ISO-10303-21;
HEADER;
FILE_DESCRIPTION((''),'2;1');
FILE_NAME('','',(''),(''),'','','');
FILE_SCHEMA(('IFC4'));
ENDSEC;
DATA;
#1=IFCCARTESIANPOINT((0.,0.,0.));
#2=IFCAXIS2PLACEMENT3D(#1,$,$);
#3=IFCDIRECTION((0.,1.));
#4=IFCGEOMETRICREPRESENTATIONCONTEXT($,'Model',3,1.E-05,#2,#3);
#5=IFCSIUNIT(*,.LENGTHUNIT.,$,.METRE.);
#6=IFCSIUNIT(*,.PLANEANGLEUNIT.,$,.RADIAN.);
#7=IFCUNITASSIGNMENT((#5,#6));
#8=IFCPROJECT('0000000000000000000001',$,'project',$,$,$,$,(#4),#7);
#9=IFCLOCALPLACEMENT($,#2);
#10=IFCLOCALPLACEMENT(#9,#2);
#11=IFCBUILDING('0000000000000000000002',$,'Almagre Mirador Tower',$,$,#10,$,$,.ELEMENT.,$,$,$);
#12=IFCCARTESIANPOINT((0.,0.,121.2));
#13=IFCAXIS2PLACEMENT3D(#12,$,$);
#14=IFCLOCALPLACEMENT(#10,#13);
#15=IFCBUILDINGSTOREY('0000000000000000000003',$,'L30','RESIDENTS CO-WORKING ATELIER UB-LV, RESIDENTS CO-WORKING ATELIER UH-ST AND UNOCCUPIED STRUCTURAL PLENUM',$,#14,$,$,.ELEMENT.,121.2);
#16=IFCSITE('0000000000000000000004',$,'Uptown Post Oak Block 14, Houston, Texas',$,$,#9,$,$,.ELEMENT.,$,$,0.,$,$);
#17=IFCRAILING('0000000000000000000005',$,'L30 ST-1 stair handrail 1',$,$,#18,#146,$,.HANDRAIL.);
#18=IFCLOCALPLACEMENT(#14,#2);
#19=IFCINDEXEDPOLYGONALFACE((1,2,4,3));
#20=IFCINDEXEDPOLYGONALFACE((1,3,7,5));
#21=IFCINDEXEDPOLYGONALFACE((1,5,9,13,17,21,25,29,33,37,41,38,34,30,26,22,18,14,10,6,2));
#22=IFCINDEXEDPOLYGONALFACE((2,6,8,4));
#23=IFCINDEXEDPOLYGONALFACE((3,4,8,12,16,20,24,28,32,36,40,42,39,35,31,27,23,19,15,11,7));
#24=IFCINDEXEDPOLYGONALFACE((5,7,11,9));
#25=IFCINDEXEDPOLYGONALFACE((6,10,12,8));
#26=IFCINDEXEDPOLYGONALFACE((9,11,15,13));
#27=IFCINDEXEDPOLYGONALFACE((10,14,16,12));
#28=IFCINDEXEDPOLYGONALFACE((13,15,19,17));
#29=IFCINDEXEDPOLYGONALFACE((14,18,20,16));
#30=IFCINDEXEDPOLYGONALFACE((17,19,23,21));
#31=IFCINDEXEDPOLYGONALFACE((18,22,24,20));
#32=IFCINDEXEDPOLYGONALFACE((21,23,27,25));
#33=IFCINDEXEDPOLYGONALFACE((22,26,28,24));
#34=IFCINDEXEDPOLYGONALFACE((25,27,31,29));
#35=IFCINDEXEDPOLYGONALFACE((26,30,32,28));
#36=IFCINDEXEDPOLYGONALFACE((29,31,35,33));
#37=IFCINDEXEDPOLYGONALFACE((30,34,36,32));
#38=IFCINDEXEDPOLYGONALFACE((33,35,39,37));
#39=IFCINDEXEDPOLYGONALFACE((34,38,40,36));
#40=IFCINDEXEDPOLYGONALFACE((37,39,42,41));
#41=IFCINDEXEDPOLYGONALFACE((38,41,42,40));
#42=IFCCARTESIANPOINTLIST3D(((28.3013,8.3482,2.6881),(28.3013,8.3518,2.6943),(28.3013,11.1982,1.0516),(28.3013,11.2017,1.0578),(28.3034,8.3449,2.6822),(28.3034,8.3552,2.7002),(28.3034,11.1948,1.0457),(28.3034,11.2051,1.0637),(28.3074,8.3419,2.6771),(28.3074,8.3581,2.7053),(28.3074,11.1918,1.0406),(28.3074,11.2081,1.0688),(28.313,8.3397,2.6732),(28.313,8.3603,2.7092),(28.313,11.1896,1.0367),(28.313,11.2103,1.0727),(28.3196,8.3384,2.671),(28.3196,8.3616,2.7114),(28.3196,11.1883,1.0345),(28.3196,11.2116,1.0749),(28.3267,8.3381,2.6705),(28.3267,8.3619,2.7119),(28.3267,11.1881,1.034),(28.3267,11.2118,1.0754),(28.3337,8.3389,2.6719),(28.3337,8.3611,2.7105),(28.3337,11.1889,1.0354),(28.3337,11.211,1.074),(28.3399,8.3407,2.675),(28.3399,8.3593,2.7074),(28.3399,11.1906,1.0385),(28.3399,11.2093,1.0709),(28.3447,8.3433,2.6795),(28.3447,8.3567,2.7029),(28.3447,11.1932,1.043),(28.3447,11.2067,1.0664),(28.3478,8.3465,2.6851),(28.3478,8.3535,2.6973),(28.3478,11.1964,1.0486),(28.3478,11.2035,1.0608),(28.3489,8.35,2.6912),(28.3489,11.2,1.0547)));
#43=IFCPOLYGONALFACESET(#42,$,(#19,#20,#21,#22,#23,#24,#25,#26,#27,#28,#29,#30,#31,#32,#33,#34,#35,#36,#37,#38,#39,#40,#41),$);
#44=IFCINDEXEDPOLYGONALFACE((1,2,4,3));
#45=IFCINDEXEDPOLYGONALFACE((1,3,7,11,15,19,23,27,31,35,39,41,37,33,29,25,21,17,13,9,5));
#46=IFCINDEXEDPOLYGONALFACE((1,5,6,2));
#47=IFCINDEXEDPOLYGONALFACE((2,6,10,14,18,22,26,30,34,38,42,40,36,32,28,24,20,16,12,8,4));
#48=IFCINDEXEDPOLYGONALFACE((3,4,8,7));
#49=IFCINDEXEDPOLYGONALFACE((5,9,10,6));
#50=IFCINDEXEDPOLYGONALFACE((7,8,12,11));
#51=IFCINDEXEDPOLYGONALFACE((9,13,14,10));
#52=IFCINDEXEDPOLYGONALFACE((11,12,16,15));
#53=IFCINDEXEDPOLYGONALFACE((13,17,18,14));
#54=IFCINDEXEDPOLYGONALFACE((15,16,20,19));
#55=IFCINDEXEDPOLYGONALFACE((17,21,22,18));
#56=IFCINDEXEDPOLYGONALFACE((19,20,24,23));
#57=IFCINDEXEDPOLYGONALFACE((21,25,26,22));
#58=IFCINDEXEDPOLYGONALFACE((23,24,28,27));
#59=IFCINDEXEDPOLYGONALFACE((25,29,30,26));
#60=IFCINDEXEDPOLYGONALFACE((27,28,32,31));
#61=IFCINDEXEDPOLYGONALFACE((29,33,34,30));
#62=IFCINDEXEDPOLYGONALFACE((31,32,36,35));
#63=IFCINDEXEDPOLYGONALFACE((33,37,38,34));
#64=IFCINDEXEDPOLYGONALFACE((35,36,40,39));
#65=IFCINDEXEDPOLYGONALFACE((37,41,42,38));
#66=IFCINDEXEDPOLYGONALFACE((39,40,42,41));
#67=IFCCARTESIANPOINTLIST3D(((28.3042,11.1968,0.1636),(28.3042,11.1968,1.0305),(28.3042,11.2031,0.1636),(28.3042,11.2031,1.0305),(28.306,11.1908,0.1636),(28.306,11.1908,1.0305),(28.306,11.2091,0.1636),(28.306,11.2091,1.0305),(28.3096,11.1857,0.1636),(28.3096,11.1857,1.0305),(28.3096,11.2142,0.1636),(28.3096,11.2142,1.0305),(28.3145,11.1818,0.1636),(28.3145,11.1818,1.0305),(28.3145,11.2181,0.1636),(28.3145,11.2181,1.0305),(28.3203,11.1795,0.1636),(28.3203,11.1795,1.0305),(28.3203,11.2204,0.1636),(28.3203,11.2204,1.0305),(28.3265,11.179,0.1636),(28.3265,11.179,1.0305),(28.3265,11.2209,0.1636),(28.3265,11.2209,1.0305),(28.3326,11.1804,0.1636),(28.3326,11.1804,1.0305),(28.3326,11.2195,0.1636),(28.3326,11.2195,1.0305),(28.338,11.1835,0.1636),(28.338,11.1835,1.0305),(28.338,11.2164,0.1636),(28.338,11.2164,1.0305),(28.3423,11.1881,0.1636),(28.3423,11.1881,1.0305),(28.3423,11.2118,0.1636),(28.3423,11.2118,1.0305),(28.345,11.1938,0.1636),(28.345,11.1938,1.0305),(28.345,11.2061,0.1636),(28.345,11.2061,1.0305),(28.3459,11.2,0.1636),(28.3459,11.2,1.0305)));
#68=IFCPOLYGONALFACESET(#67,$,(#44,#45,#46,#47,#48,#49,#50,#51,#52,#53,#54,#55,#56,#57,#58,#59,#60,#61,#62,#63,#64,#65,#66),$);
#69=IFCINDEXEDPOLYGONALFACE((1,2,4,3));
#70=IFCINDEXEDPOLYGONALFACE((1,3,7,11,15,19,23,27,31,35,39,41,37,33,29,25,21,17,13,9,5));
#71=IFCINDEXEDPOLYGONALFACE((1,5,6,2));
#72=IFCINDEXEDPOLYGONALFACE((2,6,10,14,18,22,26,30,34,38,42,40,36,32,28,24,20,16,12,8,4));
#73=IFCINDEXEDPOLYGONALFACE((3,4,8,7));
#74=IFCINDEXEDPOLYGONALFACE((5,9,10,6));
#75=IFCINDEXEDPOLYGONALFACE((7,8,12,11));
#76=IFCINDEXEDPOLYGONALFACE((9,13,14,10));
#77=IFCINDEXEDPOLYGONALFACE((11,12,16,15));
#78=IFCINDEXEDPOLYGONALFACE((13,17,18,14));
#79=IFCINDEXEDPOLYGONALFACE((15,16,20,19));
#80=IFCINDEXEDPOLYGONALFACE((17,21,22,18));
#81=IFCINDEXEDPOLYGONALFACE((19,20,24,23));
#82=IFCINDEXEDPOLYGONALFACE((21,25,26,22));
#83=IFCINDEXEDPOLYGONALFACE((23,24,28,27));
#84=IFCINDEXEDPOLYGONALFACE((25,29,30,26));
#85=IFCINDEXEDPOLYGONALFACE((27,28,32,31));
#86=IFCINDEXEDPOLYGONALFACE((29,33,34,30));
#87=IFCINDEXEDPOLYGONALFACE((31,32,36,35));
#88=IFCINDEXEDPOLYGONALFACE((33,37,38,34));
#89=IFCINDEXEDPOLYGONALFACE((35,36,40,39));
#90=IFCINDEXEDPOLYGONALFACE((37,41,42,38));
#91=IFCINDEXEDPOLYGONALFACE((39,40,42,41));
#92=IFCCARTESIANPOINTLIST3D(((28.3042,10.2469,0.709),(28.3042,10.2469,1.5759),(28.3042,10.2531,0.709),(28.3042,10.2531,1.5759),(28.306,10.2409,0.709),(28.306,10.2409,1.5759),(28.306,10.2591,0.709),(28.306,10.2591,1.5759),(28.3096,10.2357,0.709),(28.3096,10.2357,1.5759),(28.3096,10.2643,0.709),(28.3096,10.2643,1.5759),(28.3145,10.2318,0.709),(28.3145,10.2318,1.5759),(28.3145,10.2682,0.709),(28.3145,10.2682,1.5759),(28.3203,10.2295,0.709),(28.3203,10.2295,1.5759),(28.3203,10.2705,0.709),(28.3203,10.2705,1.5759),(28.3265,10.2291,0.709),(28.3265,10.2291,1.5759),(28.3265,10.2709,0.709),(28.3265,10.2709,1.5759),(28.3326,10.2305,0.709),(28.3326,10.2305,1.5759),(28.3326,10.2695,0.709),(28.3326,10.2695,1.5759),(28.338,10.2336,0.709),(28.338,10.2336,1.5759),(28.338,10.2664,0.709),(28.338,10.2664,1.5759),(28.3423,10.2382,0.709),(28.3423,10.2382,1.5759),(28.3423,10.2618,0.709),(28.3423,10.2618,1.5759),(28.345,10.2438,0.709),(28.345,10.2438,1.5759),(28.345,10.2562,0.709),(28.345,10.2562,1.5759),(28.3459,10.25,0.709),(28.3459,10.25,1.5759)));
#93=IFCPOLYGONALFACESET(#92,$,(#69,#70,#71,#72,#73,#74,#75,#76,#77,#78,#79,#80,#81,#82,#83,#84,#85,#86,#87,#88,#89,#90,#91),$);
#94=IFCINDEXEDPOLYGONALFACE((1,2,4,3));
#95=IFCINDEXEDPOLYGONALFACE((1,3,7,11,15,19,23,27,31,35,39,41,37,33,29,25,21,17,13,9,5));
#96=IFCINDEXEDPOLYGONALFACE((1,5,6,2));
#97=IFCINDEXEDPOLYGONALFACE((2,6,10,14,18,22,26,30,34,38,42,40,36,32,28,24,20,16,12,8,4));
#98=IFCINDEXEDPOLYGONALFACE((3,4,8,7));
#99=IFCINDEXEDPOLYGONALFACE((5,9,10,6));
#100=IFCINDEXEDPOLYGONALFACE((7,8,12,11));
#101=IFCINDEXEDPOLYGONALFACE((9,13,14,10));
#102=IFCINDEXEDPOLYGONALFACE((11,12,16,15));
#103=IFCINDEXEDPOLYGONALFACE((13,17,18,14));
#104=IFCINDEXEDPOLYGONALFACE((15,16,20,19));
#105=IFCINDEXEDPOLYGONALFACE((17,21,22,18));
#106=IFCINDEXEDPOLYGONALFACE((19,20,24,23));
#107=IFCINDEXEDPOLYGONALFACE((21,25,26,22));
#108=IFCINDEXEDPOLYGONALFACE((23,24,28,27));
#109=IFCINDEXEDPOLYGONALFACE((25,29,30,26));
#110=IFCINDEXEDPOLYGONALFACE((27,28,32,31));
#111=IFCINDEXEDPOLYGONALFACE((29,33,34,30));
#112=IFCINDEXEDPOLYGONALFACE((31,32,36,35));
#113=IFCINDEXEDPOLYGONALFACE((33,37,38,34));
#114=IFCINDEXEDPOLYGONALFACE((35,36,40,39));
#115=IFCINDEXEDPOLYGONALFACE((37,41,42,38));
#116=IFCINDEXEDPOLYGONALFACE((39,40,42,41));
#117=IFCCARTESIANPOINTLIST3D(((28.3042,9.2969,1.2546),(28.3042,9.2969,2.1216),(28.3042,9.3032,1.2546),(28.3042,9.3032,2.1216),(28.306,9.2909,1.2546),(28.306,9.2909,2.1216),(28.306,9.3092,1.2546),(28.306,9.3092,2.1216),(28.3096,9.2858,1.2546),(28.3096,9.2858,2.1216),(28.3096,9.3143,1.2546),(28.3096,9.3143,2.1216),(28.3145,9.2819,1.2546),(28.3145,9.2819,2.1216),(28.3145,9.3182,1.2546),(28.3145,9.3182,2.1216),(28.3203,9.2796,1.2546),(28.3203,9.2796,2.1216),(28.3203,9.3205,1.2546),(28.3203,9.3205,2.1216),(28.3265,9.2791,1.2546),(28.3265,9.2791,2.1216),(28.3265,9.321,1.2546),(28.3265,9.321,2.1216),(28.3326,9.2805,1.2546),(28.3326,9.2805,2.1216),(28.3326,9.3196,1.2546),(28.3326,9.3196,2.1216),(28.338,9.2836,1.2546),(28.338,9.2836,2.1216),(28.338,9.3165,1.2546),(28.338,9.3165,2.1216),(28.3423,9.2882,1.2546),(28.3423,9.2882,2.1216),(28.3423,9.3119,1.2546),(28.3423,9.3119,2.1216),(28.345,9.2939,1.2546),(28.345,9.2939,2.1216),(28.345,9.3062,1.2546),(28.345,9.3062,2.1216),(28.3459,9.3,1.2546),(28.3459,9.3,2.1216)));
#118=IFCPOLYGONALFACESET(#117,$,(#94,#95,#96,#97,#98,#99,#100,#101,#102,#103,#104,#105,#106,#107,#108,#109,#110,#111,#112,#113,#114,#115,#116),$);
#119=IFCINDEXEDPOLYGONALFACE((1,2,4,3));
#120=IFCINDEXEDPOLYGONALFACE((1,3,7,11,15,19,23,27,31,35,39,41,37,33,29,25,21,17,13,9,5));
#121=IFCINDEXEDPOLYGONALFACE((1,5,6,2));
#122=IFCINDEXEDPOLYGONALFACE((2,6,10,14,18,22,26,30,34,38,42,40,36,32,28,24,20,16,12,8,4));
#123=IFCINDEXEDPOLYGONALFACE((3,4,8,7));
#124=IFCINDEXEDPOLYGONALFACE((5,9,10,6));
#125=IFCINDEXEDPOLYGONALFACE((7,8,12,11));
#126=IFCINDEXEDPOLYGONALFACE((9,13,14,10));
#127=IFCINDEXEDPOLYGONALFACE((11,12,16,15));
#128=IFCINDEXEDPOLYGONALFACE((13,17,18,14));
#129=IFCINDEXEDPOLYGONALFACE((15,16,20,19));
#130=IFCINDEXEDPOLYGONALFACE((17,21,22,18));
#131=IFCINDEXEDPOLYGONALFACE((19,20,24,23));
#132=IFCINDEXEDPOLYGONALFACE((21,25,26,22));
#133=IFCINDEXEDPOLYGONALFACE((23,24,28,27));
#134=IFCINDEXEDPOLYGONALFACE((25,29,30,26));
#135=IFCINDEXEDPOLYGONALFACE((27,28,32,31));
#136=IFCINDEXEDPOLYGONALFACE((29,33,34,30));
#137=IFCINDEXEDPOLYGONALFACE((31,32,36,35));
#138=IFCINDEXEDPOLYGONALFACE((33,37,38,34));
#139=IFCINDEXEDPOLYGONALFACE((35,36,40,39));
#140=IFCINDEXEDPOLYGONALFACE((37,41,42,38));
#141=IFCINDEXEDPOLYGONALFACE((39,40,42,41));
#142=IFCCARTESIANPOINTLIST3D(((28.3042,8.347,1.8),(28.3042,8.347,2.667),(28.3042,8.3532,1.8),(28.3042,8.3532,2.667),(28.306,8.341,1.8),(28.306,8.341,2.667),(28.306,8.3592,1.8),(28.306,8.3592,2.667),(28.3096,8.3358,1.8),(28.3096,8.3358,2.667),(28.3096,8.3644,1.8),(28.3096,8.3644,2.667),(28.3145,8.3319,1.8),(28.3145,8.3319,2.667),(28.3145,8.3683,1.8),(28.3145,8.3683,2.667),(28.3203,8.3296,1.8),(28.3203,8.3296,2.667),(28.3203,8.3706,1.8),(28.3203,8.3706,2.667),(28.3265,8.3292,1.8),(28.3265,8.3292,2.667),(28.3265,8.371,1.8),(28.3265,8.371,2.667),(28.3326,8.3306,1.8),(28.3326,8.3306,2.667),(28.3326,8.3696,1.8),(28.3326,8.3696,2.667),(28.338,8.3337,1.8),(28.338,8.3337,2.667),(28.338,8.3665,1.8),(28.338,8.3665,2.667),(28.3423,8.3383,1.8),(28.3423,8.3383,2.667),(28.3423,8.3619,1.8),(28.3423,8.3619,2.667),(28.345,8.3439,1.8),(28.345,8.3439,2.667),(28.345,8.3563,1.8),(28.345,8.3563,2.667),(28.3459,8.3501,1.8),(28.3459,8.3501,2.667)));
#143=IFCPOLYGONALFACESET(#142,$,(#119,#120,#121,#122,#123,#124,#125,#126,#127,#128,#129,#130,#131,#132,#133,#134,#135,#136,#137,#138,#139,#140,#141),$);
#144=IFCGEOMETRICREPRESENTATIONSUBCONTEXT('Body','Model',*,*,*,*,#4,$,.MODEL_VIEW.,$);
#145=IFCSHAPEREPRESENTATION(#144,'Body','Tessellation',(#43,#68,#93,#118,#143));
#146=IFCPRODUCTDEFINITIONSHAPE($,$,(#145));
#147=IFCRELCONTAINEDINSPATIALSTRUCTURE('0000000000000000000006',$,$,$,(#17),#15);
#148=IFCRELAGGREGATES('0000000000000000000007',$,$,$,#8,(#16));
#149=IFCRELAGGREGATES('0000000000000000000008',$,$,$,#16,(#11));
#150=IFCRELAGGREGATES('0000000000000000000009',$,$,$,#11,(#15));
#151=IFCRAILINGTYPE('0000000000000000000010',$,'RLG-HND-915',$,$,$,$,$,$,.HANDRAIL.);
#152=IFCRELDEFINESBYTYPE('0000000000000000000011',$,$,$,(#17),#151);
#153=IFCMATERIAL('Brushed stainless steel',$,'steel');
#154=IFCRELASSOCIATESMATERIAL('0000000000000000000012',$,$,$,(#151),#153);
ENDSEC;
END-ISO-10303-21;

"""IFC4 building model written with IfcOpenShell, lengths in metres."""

from ifc_helpers import new_model, si_unit, direction, frame, origin, origin_2d, place, context, subcontext, project, spatial, circle, extrude, material, type_object, element, save


model = new_model("IFC4")

# Units and contexts
model_context = context("Model", 3, precision=1e-05, world=origin(), true_north=direction((0.0, 1.0)))
body_context = subcontext(model_context, "Body", "Model", "MODEL_VIEW")
ifc_project = project(units=[si_unit("LENGTHUNIT", "METRE"), si_unit("PLANEANGLEUNIT", "RADIAN")], contexts=[model_context])

# Site, building, storey
site_placement = place(None, origin())
site = spatial("IfcSite", under=ifc_project, at=site_placement, Name="Uptown Post Oak Block 14, Houston, Texas", CompositionType="ELEMENT", RefElevation=0.0)
building_placement = place(site_placement, origin())
building = spatial("IfcBuilding", under=site, at=building_placement, Name="Almagre Mirador Tower", CompositionType="ELEMENT")
storey_placement = place(building_placement, frame((0.0, 0.0, 121.2)))
storey = spatial("IfcBuildingStorey", under=building, at=storey_placement, Name="L30", Description="RESIDENTS CO-WORKING ATELIER UB-LV, RESIDENTS CO-WORKING ATELIER UH-ST AND UNOCCUPIED STRUCTURAL PLENUM", CompositionType="ELEMENT", Elevation=121.2)

# Railing
ifc_material_1 = material(Name="Brushed stainless steel", Category="steel")
railing_type_1 = type_object("IfcRailingType", Name="RLG-HND-915", PredefinedType="HANDRAIL", material=ifc_material_1)
railing_1_placement = place(storey_placement, frame((28.325, 11.2, 0.1636)))
element("IfcRailing", 1, at=railing_1_placement, inside=storey, type_object=railing_type_1, Name="L30 ST-1 stair handrail 1", PredefinedType="HANDRAIL", context=body_context, shape_type="SweptSolid", body=[
    extrude(circle(Radius=0.0239, at=origin_2d()), frame((0.0, 0.0, 0.8911), z_axis=(0.0, -0.867194, 0.49797), x_axis=(1.0, 0.0, 0.0)), (0.0, 0.0, 1.0), 3.2864),
    extrude(circle(Radius=0.021, at=origin_2d()), origin(), (0.0, 0.0, 1.0), 0.8669),
    extrude(circle(Radius=0.021, at=origin_2d()), frame((0.0, -0.95, 0.5454)), (0.0, 0.0, 1.0), 0.8669),
    extrude(circle(Radius=0.021, at=origin_2d()), frame((0.0, -1.8999, 1.0911)), (0.0, 0.0, 1.0), 0.8669),
    extrude(circle(Radius=0.021, at=origin_2d()), frame((0.0, -2.8499, 1.6365)), (0.0, 0.0, 1.0), 0.8669),
])

save(model, "model.ifc")
